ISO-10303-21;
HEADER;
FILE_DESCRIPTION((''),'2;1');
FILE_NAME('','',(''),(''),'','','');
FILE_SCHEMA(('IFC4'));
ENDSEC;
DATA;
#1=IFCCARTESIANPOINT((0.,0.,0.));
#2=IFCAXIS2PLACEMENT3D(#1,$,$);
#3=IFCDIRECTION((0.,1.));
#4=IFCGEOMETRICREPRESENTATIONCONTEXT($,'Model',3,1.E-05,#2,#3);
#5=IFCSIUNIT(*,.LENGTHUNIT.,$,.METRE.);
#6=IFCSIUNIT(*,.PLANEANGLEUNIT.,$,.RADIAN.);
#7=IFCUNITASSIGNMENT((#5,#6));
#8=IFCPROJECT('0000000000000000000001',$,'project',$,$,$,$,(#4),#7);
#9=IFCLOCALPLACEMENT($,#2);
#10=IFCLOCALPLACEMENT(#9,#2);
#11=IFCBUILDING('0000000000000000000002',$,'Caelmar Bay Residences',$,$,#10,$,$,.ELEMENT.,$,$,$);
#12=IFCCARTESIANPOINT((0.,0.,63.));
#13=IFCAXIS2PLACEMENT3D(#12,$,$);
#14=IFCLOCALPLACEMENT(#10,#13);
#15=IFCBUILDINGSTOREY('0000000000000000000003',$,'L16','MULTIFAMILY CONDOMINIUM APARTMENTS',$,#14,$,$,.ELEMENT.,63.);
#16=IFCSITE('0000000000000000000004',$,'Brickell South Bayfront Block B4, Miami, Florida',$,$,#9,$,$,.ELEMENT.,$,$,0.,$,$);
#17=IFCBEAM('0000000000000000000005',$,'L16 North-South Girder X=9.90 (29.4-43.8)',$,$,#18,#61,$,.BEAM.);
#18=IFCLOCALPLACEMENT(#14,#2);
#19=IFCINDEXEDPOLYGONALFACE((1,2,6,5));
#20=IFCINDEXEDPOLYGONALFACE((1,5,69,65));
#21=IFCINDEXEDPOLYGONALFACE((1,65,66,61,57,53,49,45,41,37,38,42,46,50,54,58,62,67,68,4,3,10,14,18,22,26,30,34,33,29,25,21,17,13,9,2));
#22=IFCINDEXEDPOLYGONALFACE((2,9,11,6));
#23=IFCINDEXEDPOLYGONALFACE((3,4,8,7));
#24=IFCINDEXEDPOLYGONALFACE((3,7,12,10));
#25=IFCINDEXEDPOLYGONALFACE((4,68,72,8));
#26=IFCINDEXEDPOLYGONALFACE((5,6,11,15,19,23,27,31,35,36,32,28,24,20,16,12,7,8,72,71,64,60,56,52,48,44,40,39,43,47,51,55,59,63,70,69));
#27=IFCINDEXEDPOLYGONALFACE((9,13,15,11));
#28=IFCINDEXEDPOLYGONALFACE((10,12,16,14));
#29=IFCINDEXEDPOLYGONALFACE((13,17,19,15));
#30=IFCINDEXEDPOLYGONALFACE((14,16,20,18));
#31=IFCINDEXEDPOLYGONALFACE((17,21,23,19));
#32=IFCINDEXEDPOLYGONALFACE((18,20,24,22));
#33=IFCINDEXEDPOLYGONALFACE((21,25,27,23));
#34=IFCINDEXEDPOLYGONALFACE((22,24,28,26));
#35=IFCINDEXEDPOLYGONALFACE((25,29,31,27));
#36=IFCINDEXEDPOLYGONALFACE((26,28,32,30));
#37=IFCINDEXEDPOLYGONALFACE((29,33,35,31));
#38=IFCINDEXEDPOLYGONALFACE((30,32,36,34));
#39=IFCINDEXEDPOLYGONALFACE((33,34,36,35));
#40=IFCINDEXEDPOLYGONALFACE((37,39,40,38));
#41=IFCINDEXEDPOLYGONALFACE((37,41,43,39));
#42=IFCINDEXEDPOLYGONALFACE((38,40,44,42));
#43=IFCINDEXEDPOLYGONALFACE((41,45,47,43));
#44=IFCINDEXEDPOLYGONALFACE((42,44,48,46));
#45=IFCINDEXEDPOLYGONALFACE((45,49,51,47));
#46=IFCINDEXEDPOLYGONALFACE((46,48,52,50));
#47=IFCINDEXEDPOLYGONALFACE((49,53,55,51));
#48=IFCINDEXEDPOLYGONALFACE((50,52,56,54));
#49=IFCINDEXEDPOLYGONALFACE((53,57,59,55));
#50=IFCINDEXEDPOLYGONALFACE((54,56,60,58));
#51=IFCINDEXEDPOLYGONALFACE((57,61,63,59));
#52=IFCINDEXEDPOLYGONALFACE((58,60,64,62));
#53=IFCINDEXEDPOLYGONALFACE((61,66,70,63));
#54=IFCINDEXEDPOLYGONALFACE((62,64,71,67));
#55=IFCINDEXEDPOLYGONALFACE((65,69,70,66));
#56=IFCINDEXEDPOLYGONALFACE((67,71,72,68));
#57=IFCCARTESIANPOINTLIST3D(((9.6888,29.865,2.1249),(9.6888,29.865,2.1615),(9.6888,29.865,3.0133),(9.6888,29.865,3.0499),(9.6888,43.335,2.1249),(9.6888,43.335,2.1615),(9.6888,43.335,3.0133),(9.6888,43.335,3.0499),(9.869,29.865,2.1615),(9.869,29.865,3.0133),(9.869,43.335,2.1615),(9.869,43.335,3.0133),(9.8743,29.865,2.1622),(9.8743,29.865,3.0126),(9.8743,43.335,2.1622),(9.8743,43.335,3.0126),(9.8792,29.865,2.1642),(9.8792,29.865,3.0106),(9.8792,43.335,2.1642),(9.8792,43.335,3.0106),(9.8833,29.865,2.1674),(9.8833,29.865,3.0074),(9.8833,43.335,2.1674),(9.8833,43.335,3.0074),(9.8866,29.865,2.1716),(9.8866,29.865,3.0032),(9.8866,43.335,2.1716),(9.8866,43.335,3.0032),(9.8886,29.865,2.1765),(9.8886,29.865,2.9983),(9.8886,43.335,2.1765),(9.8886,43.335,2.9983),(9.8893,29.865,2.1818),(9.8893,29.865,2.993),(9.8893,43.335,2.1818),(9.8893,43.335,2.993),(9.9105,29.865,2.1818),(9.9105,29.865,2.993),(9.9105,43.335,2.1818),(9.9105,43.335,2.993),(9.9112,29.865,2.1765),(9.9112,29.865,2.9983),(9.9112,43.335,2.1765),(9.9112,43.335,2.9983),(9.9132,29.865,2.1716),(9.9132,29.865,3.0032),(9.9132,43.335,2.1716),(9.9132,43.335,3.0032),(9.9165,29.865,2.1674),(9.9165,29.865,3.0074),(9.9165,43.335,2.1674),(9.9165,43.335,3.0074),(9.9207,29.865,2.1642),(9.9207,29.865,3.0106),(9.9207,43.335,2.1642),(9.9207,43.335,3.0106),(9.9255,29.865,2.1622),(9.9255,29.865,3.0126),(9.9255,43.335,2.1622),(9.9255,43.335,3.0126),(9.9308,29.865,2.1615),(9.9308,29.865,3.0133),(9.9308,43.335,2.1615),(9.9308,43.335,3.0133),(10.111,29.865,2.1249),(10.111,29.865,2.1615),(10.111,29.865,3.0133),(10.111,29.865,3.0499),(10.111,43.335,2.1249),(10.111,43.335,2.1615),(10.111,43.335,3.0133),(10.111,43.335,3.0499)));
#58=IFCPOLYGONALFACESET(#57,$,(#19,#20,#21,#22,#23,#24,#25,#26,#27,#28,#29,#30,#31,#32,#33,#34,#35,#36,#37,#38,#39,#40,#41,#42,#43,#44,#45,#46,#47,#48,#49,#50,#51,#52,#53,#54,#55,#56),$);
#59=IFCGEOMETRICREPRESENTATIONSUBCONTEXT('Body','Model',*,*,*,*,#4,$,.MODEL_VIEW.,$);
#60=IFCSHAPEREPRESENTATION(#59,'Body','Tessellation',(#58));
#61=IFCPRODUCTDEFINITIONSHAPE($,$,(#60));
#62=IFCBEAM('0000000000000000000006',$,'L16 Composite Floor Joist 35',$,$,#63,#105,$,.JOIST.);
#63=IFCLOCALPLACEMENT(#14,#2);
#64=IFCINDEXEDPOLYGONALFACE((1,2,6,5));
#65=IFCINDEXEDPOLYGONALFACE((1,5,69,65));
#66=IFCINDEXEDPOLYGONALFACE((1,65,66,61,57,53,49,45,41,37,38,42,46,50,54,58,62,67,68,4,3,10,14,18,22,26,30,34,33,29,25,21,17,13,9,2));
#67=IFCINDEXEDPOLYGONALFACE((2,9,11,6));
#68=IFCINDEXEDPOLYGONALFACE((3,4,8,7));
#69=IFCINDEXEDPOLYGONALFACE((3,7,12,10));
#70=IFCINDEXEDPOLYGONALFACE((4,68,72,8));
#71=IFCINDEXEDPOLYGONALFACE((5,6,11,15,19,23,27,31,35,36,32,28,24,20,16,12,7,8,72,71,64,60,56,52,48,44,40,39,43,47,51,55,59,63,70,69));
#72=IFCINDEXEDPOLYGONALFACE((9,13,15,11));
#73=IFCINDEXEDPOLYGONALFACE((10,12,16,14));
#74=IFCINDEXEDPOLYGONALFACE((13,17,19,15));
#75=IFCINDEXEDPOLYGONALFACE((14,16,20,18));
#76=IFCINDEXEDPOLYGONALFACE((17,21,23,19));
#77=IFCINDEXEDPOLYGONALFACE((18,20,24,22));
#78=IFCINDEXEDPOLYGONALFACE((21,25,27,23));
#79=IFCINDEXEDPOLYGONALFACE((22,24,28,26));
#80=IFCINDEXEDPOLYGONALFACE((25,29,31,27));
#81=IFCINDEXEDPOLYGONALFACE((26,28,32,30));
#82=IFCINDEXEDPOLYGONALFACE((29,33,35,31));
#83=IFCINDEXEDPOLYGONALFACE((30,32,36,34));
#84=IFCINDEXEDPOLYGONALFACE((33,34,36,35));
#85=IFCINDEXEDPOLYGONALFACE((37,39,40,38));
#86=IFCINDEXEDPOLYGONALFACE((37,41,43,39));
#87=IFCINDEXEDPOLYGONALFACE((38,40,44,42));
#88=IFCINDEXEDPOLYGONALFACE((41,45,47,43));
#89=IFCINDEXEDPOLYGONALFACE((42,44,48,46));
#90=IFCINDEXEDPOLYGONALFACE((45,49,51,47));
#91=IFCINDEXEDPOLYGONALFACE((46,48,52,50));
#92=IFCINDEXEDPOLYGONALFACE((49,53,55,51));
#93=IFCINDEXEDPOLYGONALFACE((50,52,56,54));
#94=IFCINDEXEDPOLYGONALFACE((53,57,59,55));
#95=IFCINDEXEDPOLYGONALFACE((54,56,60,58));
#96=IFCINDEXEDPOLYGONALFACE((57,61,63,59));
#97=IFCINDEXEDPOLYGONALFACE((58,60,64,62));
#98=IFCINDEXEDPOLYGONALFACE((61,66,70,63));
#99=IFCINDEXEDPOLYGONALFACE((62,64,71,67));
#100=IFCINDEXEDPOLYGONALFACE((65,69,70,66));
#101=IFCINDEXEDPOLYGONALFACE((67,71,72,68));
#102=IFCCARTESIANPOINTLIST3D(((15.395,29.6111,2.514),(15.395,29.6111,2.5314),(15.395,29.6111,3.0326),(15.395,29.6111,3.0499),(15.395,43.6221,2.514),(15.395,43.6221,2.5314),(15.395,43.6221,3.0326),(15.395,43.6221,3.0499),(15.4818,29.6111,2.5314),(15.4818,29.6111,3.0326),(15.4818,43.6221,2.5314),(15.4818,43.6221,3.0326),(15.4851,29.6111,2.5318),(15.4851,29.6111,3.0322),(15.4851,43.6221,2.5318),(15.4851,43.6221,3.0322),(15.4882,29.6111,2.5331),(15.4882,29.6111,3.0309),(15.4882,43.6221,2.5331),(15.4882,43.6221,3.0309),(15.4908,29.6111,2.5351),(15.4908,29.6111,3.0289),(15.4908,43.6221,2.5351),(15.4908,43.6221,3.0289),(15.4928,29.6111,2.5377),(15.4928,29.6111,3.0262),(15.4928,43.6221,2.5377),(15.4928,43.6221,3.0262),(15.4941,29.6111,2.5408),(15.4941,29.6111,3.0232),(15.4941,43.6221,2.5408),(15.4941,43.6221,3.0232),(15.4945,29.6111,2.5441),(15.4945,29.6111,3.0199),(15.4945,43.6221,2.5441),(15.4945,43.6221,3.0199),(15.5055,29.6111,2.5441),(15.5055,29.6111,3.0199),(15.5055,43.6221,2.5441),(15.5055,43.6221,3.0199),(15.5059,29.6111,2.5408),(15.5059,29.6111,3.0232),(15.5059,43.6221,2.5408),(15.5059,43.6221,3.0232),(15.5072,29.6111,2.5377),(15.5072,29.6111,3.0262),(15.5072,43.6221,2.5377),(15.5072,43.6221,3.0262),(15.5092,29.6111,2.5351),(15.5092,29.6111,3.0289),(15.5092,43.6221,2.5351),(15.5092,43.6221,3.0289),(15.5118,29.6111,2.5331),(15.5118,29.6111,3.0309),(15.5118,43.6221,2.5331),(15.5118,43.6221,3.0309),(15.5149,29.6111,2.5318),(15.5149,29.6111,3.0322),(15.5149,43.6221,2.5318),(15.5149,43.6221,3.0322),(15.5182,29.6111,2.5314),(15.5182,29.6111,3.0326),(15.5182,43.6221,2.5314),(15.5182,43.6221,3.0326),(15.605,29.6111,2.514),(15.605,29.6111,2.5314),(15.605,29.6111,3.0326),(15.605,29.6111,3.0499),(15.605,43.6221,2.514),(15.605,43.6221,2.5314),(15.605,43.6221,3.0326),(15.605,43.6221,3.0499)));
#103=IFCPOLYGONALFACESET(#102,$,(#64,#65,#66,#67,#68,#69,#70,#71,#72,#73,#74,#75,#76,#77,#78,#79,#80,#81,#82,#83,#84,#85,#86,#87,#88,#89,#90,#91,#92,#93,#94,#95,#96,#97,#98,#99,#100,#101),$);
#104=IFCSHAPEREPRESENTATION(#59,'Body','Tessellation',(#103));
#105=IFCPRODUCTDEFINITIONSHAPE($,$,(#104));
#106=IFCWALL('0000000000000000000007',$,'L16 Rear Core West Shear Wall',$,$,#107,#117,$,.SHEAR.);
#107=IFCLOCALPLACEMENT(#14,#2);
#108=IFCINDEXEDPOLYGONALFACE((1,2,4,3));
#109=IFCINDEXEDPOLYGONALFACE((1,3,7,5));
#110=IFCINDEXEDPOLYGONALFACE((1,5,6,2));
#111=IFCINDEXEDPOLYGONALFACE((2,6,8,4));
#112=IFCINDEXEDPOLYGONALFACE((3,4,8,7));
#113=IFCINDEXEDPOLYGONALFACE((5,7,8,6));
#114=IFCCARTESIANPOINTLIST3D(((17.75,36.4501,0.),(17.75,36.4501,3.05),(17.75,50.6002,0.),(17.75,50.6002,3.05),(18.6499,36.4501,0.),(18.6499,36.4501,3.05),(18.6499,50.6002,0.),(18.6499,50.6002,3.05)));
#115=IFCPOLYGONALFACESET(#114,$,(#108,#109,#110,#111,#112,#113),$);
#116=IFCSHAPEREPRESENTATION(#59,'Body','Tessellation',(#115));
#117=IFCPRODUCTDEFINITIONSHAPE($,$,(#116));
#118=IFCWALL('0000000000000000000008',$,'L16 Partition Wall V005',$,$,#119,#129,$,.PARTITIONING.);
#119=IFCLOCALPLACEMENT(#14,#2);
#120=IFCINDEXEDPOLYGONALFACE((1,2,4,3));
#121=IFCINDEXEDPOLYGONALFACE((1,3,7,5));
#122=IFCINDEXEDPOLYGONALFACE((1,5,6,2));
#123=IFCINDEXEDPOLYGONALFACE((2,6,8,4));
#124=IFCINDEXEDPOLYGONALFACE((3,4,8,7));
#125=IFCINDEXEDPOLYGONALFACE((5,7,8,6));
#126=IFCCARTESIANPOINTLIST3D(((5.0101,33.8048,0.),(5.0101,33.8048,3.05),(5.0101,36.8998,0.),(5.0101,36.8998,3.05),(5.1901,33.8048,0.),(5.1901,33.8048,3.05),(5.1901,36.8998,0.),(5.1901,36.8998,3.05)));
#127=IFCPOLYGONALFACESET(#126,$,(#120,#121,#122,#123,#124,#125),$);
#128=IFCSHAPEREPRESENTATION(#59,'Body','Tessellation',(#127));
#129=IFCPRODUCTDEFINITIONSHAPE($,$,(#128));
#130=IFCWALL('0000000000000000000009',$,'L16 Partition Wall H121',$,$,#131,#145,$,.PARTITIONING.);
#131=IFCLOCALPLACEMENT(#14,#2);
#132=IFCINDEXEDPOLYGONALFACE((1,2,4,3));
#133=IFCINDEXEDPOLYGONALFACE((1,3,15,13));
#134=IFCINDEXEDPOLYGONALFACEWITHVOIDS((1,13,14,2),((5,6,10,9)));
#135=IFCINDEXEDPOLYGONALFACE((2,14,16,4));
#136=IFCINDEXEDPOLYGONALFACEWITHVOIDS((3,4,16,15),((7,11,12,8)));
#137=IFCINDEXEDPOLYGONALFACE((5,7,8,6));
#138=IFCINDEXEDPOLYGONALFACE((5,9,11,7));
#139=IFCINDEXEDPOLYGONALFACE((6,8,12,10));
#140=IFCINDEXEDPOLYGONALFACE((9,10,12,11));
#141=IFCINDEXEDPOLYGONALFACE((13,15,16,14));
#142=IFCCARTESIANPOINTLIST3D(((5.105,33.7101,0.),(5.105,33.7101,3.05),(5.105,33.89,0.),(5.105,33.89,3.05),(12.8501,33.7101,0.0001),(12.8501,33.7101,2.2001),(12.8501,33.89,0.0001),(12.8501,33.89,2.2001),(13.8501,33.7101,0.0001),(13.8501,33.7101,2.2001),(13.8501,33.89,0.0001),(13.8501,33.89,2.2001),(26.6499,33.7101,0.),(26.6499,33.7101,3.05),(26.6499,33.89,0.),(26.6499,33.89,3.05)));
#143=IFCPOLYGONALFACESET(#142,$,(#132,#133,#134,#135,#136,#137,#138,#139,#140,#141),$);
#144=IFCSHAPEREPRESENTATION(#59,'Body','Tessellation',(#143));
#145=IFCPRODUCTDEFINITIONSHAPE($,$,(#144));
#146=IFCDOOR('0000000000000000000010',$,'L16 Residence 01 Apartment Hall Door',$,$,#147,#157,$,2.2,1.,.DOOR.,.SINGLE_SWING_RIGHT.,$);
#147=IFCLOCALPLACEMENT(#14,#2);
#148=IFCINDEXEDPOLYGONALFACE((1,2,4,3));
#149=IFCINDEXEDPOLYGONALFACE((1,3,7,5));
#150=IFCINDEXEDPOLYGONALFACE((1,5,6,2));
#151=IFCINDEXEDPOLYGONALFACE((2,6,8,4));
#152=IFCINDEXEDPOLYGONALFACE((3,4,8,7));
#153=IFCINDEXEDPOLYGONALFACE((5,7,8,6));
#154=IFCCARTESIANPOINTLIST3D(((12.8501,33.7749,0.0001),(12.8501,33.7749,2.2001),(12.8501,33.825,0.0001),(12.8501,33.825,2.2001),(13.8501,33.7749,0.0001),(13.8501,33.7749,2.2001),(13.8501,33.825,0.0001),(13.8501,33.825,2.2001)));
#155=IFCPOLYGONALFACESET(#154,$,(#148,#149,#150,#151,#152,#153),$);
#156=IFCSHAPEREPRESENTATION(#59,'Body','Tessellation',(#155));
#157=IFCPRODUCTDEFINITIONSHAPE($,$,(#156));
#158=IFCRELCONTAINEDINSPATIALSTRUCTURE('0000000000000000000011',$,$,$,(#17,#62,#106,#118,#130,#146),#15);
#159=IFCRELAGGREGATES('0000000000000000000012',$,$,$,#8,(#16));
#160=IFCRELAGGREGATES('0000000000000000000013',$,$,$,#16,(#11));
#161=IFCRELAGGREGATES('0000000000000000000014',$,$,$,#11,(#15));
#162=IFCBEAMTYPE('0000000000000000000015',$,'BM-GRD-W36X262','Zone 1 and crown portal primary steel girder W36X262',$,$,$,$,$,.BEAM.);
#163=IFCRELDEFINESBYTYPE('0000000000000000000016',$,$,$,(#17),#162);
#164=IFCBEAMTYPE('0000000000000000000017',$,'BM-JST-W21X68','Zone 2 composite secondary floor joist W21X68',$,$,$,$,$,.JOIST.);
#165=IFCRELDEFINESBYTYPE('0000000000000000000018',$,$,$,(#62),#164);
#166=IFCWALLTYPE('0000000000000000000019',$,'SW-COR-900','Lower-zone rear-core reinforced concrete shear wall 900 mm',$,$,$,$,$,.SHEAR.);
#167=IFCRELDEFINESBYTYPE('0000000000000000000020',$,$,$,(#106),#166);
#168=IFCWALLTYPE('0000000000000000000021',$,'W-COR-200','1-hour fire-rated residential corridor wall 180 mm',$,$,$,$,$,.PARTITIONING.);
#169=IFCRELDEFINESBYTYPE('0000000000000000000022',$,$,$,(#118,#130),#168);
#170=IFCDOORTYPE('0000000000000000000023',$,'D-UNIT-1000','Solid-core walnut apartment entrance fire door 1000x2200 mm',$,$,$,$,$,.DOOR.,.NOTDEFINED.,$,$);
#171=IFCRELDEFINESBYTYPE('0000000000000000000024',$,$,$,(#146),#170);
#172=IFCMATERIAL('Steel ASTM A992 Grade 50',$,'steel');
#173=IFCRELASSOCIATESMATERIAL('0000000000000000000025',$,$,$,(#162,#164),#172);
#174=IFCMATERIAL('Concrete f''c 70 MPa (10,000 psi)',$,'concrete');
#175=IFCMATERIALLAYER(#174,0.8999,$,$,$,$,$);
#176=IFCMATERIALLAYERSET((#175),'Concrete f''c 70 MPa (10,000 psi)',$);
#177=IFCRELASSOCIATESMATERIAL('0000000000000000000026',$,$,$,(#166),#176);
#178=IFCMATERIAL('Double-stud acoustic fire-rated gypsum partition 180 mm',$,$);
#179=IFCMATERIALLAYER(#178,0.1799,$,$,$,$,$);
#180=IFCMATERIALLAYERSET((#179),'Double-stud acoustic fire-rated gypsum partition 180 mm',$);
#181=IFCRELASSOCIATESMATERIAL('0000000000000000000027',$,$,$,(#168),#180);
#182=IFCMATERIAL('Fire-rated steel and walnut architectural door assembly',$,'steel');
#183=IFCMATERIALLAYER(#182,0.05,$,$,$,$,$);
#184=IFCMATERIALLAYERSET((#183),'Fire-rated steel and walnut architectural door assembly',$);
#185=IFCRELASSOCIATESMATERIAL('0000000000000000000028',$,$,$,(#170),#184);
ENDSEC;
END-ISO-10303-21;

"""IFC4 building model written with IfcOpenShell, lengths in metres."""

from ifc_helpers import new_model, si_unit, direction, frame, frame_2d, origin, origin_2d, place, context, subcontext, project, spatial, rectangle, i_section, extrude, material, layer, layer_set, material_profile, profile_set, type_object, element, fill, save


model = new_model("IFC4")

# Units and contexts
model_context = context("Model", 3, precision=1e-05, world=origin(), true_north=direction((0.0, 1.0)))
body_context = subcontext(model_context, "Body", "Model", "MODEL_VIEW")
ifc_project = project(units=[si_unit("LENGTHUNIT", "METRE"), si_unit("PLANEANGLEUNIT", "RADIAN")], contexts=[model_context])

# Site, building, storey
site_placement = place(None, origin())
site = spatial("IfcSite", under=ifc_project, at=site_placement, Name="Brickell South Bayfront Block B4, Miami, Florida", CompositionType="ELEMENT", RefElevation=0.0)
building_placement = place(site_placement, origin())
building = spatial("IfcBuilding", under=site, at=building_placement, Name="Caelmar Bay Residences", CompositionType="ELEMENT")
storey_placement = place(building_placement, frame((0.0, 0.0, 63.0)))
storey = spatial("IfcBuildingStorey", under=building, at=storey_placement, Name="L16", Description="MULTIFAMILY CONDOMINIUM APARTMENTS", CompositionType="ELEMENT", Elevation=63.0)

# Beams
ifc_material_1 = material(Name="Steel ASTM A992 Grade 50", Category="steel")
ifc_material_profile_1 = material_profile(ifc_material_1, i_section(OverallWidth=0.4221, OverallDepth=0.925, WebThickness=0.0212, FlangeThickness=0.0366, FilletRadius=0.0203, at=origin_2d()), Name="W36X262")
ifc_profile_set_1 = profile_set([ifc_material_profile_1], Name="Steel ASTM A992 Grade 50")
beam_type_1 = type_object("IfcBeamType", Name="BM-GRD-W36X262", Description="Zone 1 and crown portal primary steel girder W36X262", PredefinedType="BEAM", material=ifc_profile_set_1)
beam_1_placement = place(storey_placement, frame((9.8999, 29.865, 2.5874), z_axis=(0.0, 1.0, 0.0), x_axis=(-1.0, 0.0, 0.0)))
element("IfcBeam", 1, at=beam_1_placement, inside=storey, type_object=beam_type_1, Name="L16 North-South Girder X=9.90 (29.4-43.8)", PredefinedType="BEAM", context=body_context, shape_type="SweptSolid", body=[
    extrude(i_section(OverallWidth=0.4221, OverallDepth=0.925, WebThickness=0.0212, FlangeThickness=0.0366, FilletRadius=0.0203, at=origin_2d()), origin(), (0.0, 0.0, 1.0), 13.47),
])
ifc_material_profile_2 = material_profile(ifc_material_1, i_section(OverallWidth=0.21, OverallDepth=0.5359, WebThickness=0.011, FlangeThickness=0.0173, FilletRadius=0.0127, at=origin_2d()), Name="W21X68")
ifc_profile_set_2 = profile_set([ifc_material_profile_2], Name="Steel ASTM A992 Grade 50")
beam_type_2 = type_object("IfcBeamType", Name="BM-JST-W21X68", Description="Zone 2 composite secondary floor joist W21X68", PredefinedType="JOIST", material=ifc_profile_set_2)
beam_2_placement = place(storey_placement, frame((15.5, 29.6111, 2.782), z_axis=(0.0, 1.0, 0.0), x_axis=(-1.0, 0.0, 0.0)))
element("IfcBeam", 2, at=beam_2_placement, inside=storey, type_object=beam_type_2, Name="L16 Composite Floor Joist 35", PredefinedType="JOIST", context=body_context, shape_type="SweptSolid", body=[
    extrude(i_section(OverallWidth=0.21, OverallDepth=0.5359, WebThickness=0.011, FlangeThickness=0.0173, FilletRadius=0.0127, at=origin_2d()), origin(), (0.0, 0.0, 1.0), 14.011),
])

# Shared definitions
ifc_material_2 = material(Name="Concrete f'c 70 MPa (10,000 psi)", Category="concrete")
ifc_layer_1 = layer(ifc_material_2, 0.8999)
ifc_layer_set_1 = layer_set([ifc_layer_1], Name="Concrete f'c 70 MPa (10,000 psi)")
wall_type_1 = type_object("IfcWallType", Name="SW-COR-900", Description="Lower-zone rear-core reinforced concrete shear wall 900 mm", PredefinedType="SHEAR", material=ifc_layer_set_1)
ifc_material_3 = material(Name="Fire-rated steel and walnut architectural door assembly", Category="steel")

# Walls
wall_1_placement = place(storey_placement, frame((18.2, 36.45, 0.0), z_axis=(0.0, 0.0, 1.0), x_axis=(0.0, 1.0, 0.0)))
element("IfcWall", 3, at=wall_1_placement, inside=storey, type_object=wall_type_1, Name="L16 Rear Core West Shear Wall", PredefinedType="SHEAR", context=body_context, shape_type="SweptSolid", body=[
    extrude(rectangle(XDim=14.1501, YDim=0.8999, at=frame_2d((7.0752, 0.0))), origin(), (0.0, 0.0, 1.0), 3.05),
])
ifc_material_4 = material(Name="Double-stud acoustic fire-rated gypsum partition 180 mm")
ifc_layer_2 = layer(ifc_material_4, 0.1799)
ifc_layer_set_2 = layer_set([ifc_layer_2], Name="Double-stud acoustic fire-rated gypsum partition 180 mm")
wall_type_2 = type_object("IfcWallType", Name="W-COR-200", Description="1-hour fire-rated residential corridor wall 180 mm", PredefinedType="PARTITIONING", material=ifc_layer_set_2)
wall_2_placement = place(storey_placement, frame((5.1001, 33.8049, 0.0), z_axis=(0.0, 0.0, 1.0), x_axis=(0.0, 1.0, 0.0)))
element("IfcWall", 4, at=wall_2_placement, inside=storey, type_object=wall_type_2, Name="L16 Partition Wall V005", PredefinedType="PARTITIONING", context=body_context, shape_type="SweptSolid", body=[
    extrude(rectangle(XDim=3.095, YDim=0.1799, at=frame_2d((1.5474, 0.0))), origin(), (0.0, 0.0, 1.0), 3.05),
])

# Wall, opening, door
wall_3_placement = place(storey_placement, frame((5.105, 33.8, 0.0), z_axis=(0.0, 0.0, 1.0), x_axis=(1.0, 0.0, 0.0)))
wall_3 = element("IfcWall", 5, at=wall_3_placement, inside=storey, type_object=wall_type_2, Name="L16 Partition Wall H121", PredefinedType="PARTITIONING", context=body_context, shape_type="SweptSolid", body=[
    extrude(rectangle(XDim=21.5449, YDim=0.1799, at=frame_2d((10.7725, 0.0))), origin(), (0.0, 0.0, 1.0), 3.05),
])
opening_1_placement = place(wall_3_placement, frame((7.7451, 0.0, 0.0)))
opening_1 = element("IfcOpeningElement", 6, at=opening_1_placement, cuts=wall_3, PredefinedType="OPENING", context=body_context, shape_type="SweptSolid", body=[
    extrude(rectangle(XDim=1.0, YDim=2.2, at=frame_2d((0.5, 1.1001))), frame((0.0, 0.0999, 0.0), z_axis=(0.0, -1.0, 0.0), x_axis=(1.0, 0.0, 0.0)), (0.0, 0.0, 1.0), 0.2),
])
ifc_layer_3 = layer(ifc_material_3, 0.05)
ifc_layer_set_3 = layer_set([ifc_layer_3], Name="Fire-rated steel and walnut architectural door assembly")
door_type_1 = type_object("IfcDoorType", Name="D-UNIT-1000", Description="Solid-core walnut apartment entrance fire door 1000x2200 mm", OperationType="NOTDEFINED", PredefinedType="DOOR", material=ifc_layer_set_3)
door_1_placement = place(opening_1_placement, origin())
door_1 = element("IfcDoor", 7, at=door_1_placement, inside=storey, type_object=door_type_1, Name="L16 Residence 01 Apartment Hall Door", OperationType="SINGLE_SWING_RIGHT", OverallHeight=2.2, OverallWidth=1.0, PredefinedType="DOOR", context=body_context, shape_type="SweptSolid", body=[
    extrude(rectangle(XDim=1.0, YDim=2.2, at=frame_2d((0.5, 1.1001))), frame((0.0, 0.0249, 0.0), z_axis=(0.0, -1.0, 0.0), x_axis=(1.0, 0.0, 0.0)), (0.0, 0.0, 1.0), 0.05),
])
fill(opening_1, door_1)

save(model, "model.ifc")
